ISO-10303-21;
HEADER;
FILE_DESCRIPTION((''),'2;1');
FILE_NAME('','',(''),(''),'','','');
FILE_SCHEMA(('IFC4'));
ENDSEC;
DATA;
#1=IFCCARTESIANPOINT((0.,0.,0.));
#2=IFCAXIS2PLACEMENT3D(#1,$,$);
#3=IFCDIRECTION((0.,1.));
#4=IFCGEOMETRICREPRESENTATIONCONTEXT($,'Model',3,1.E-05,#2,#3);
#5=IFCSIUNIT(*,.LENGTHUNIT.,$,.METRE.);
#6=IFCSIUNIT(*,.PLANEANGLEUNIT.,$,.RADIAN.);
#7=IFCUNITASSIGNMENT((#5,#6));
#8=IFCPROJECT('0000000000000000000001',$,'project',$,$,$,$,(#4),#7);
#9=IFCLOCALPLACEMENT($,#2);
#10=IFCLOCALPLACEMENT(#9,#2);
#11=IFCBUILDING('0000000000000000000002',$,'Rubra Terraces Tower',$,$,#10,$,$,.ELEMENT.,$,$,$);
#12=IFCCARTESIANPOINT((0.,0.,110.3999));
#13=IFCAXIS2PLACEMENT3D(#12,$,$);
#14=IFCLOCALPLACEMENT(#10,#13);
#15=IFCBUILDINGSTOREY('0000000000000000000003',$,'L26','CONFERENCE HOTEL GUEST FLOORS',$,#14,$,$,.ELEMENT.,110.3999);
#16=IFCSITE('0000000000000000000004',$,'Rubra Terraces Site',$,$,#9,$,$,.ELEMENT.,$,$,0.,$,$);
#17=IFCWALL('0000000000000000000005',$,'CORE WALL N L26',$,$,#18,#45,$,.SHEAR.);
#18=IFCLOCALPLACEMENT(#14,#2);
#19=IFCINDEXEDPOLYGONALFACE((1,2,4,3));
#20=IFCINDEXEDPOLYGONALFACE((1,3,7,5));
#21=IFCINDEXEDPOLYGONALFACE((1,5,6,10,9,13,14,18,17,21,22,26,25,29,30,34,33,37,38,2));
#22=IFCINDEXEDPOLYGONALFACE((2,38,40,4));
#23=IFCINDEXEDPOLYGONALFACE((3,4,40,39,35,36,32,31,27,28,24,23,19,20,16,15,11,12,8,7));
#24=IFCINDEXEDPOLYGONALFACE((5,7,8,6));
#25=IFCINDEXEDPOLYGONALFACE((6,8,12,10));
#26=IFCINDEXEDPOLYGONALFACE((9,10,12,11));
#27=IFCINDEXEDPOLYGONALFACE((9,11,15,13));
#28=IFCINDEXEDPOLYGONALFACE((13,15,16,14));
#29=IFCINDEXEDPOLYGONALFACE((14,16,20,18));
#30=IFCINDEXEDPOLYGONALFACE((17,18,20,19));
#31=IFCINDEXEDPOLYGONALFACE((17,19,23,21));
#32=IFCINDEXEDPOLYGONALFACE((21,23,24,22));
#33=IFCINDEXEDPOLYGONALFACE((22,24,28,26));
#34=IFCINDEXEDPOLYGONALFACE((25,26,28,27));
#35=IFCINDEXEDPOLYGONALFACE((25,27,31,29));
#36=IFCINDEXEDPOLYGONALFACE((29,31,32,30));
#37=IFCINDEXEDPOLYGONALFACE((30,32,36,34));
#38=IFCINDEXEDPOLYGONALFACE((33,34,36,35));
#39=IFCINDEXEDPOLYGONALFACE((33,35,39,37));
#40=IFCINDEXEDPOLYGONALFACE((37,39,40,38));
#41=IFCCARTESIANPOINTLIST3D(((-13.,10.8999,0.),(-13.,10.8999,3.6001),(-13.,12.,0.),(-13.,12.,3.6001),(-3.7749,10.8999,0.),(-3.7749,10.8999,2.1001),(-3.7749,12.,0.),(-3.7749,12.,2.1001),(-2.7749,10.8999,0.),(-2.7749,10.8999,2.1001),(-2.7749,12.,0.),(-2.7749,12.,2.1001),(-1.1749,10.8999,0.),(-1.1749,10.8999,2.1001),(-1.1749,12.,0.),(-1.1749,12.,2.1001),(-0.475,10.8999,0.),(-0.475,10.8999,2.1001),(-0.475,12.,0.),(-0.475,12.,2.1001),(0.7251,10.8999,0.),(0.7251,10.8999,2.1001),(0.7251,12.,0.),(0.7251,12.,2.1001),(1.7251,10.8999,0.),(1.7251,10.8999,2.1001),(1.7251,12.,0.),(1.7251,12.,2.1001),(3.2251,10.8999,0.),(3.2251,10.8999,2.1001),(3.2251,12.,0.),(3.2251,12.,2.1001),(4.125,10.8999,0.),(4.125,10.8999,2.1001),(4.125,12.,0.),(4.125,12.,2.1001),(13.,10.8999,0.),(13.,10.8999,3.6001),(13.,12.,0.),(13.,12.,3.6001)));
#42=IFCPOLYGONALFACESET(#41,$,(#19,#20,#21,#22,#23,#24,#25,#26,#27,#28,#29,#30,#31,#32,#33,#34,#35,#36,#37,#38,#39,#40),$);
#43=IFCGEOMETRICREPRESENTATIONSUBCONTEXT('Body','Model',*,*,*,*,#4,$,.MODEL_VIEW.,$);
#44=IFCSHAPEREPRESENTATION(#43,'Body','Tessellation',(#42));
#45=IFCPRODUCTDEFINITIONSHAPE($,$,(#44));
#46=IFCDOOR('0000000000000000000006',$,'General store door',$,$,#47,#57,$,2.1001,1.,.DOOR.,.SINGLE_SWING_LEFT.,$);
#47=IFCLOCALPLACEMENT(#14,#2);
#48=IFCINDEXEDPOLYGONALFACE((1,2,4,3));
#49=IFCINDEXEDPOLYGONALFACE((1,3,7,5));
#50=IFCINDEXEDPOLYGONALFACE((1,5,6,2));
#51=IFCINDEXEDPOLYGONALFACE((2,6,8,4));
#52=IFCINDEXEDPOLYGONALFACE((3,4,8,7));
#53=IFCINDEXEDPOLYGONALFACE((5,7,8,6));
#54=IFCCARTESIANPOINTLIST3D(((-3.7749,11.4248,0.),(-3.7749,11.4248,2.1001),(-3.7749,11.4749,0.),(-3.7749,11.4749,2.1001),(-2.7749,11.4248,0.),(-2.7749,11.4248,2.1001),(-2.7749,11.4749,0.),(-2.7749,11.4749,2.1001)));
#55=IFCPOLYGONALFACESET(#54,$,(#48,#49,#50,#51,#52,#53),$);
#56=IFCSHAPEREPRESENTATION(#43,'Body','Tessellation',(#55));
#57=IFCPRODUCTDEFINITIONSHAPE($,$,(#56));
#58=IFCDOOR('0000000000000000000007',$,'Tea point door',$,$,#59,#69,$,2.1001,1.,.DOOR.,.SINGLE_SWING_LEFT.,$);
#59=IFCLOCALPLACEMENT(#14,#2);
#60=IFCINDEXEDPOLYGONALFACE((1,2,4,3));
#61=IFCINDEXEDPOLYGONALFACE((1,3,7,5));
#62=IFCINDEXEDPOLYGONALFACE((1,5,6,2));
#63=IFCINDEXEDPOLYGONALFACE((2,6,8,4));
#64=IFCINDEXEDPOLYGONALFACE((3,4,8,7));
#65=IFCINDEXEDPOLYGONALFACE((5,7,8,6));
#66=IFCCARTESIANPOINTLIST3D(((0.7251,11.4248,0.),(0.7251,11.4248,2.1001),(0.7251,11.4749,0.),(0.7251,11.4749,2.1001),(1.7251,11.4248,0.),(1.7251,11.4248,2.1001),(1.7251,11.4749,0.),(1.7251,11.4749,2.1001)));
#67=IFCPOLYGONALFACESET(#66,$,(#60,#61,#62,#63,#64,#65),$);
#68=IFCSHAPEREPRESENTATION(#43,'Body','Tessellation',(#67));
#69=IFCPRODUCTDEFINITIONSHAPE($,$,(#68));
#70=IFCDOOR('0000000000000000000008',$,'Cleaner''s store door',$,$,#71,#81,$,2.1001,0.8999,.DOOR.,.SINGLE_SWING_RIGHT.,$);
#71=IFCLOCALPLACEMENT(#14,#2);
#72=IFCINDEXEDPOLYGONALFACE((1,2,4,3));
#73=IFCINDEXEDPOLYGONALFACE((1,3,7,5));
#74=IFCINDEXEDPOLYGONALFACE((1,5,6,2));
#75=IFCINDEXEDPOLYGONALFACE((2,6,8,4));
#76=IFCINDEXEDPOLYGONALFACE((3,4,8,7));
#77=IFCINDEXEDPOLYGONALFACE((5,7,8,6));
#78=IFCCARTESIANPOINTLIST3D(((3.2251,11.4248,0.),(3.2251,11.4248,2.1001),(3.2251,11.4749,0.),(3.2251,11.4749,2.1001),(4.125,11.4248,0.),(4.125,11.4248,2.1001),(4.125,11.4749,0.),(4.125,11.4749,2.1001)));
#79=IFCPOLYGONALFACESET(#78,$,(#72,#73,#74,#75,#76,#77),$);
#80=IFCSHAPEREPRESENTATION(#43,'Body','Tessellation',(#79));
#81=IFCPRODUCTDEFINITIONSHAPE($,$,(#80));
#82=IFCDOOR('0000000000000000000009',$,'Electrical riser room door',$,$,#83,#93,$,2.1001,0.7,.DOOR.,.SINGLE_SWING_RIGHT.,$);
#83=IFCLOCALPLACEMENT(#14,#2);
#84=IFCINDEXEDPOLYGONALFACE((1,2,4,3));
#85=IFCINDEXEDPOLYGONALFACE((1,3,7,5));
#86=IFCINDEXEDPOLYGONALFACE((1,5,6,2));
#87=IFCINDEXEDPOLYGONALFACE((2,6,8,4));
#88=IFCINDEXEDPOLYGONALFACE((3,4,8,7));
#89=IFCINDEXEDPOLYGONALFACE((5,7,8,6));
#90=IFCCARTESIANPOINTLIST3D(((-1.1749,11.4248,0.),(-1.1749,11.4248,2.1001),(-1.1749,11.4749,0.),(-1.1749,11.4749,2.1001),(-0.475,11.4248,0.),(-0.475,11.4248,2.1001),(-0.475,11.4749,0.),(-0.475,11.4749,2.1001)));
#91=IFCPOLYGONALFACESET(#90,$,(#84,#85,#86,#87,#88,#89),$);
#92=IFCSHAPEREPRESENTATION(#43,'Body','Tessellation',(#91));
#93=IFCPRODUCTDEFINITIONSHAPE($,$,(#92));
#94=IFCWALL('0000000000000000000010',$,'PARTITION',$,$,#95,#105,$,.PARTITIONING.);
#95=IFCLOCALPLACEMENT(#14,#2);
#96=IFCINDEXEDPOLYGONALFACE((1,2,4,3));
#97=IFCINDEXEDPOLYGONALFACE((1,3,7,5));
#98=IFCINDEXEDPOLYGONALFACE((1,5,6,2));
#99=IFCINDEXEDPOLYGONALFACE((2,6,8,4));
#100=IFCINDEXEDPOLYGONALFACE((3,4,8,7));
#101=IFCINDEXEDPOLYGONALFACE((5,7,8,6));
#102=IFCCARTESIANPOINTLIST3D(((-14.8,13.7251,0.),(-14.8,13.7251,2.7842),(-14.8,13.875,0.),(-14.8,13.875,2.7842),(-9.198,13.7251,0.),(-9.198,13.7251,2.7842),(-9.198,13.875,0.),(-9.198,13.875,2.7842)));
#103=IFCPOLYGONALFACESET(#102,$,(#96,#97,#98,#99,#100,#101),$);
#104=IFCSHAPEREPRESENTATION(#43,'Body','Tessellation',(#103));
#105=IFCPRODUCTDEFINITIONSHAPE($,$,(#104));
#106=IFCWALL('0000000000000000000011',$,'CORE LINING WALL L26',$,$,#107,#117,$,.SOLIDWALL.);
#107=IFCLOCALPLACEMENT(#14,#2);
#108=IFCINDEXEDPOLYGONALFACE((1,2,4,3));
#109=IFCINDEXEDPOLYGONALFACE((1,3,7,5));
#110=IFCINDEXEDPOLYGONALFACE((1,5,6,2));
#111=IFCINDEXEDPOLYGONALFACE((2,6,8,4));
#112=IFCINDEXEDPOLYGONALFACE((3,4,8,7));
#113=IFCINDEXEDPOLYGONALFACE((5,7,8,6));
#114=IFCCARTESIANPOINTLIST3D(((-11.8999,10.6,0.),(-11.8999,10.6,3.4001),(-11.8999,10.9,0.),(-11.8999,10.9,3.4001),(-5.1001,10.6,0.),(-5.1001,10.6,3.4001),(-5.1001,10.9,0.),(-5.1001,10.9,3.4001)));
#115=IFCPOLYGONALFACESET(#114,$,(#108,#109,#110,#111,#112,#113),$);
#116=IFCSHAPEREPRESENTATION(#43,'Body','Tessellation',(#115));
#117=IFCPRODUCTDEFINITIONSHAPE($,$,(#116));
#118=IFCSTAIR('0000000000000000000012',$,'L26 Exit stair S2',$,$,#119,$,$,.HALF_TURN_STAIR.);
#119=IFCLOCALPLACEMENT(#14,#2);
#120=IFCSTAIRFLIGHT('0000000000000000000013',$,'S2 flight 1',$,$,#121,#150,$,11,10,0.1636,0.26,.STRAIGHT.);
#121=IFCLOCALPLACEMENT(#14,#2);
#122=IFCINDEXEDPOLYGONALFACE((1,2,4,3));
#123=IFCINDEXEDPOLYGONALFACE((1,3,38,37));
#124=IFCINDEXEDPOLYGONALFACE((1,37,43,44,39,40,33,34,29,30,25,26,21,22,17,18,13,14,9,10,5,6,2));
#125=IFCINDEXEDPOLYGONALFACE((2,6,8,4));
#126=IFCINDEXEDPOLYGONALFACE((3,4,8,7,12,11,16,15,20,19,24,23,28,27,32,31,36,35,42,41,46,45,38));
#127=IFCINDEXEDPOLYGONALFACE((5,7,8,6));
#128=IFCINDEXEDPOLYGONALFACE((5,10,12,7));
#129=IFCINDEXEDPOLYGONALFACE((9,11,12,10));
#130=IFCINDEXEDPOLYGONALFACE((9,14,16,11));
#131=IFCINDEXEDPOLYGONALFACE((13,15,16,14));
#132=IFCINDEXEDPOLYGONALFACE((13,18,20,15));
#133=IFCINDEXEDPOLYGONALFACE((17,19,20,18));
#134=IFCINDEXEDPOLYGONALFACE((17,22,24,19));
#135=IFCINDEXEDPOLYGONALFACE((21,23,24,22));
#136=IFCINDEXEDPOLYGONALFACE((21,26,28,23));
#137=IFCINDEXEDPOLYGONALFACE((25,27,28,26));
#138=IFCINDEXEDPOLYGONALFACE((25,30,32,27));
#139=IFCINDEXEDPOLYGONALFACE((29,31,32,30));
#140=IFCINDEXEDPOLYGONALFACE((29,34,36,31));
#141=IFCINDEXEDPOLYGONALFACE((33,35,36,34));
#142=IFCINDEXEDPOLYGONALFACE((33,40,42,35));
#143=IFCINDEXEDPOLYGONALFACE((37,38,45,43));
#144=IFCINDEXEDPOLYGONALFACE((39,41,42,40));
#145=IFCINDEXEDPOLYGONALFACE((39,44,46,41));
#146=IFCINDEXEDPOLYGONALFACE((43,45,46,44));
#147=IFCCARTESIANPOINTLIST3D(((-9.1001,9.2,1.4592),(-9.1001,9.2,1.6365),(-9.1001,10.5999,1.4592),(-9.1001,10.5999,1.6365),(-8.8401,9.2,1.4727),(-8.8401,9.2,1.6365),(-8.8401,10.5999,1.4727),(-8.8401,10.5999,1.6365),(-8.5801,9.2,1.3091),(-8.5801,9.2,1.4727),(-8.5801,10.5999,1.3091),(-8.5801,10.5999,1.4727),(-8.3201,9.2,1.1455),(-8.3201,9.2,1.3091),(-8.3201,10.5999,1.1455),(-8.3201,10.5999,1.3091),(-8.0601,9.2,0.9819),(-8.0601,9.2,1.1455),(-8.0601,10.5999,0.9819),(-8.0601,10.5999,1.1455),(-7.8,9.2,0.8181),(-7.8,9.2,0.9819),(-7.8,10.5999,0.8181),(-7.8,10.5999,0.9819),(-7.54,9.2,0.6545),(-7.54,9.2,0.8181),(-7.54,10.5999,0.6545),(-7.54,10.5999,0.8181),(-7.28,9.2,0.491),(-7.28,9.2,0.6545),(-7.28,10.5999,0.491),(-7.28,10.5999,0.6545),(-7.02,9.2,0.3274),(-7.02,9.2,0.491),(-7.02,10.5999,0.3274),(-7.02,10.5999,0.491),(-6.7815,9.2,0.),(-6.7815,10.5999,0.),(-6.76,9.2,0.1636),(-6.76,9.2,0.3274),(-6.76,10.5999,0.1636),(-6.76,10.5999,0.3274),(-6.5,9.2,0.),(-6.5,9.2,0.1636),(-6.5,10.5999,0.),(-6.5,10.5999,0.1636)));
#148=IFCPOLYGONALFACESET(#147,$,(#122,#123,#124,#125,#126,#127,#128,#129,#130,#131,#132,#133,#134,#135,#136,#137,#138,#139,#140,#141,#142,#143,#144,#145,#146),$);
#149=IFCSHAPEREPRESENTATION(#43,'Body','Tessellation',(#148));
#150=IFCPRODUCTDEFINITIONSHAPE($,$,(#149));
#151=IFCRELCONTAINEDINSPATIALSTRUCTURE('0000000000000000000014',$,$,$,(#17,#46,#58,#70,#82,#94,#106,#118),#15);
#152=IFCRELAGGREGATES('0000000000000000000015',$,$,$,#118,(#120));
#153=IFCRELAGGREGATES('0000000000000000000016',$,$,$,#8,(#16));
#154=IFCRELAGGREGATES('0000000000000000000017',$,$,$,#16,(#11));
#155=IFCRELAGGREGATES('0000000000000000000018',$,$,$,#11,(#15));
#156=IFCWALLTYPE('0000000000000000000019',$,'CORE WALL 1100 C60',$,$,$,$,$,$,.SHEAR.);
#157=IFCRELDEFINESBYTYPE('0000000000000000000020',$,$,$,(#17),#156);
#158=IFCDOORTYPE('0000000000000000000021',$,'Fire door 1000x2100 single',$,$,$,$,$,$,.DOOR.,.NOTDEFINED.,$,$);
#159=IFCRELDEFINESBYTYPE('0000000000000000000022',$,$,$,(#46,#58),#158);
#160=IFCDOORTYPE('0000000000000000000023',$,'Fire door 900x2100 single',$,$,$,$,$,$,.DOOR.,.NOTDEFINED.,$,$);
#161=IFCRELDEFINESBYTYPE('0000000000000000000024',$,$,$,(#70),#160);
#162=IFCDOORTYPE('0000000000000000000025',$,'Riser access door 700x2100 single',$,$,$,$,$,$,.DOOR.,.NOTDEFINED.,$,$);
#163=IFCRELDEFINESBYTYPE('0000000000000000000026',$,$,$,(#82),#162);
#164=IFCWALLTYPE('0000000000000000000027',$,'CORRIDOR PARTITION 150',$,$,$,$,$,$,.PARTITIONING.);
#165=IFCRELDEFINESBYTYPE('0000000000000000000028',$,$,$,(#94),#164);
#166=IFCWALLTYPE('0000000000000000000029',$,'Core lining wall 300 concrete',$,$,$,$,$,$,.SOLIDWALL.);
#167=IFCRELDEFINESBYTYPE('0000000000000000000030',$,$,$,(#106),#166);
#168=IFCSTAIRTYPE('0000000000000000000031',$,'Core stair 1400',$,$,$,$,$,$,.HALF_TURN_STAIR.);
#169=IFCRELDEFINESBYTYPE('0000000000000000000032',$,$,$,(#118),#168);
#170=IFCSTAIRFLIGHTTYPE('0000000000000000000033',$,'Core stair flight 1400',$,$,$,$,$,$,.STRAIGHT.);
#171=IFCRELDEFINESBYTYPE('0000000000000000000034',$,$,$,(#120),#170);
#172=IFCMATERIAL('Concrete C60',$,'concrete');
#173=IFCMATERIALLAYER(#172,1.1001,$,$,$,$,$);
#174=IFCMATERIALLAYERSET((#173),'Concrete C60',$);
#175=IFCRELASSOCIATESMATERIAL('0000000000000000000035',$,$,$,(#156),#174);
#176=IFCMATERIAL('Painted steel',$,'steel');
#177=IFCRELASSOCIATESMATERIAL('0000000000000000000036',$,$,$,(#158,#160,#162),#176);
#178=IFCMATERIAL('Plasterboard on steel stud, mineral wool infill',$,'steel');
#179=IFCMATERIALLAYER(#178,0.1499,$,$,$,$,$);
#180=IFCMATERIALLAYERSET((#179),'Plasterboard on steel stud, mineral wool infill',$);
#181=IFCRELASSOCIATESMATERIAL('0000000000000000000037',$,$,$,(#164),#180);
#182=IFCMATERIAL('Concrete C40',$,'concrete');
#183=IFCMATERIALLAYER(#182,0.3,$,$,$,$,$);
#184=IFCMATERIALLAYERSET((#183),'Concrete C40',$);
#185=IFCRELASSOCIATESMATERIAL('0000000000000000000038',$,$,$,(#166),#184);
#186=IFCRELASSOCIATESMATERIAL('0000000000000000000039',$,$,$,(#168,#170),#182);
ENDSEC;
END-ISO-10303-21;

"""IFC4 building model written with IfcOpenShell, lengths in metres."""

from ifc_helpers import new_model, si_unit, direction, frame, frame_2d, origin, place, context, subcontext, project, spatial, polyline, rectangle, outline, extrude, material, layer, layer_set, type_object, element, fill, aggregate, save


model = new_model("IFC4")

# Units and contexts
model_context = context("Model", 3, precision=1e-05, world=origin(), true_north=direction((0.0, 1.0)))
body_context = subcontext(model_context, "Body", "Model", "MODEL_VIEW")
ifc_project = project(units=[si_unit("LENGTHUNIT", "METRE"), si_unit("PLANEANGLEUNIT", "RADIAN")], contexts=[model_context])

# Site, building, storey
site_placement = place(None, origin())
site = spatial("IfcSite", under=ifc_project, at=site_placement, Name="Rubra Terraces Site", CompositionType="ELEMENT", RefElevation=0.0)
building_placement = place(site_placement, origin())
building = spatial("IfcBuilding", under=site, at=building_placement, Name="Rubra Terraces Tower", CompositionType="ELEMENT")
storey_placement = place(building_placement, frame((0.0, 0.0, 110.3999)))
storey = spatial("IfcBuildingStorey", under=building, at=storey_placement, Name="L26", Description="CONFERENCE HOTEL GUEST FLOORS", CompositionType="ELEMENT", Elevation=110.3999)

# Shared definitions
ifc_material_1 = material(Name="Concrete C60", Category="concrete")

# Wall, openings, doors
ifc_layer_1 = layer(ifc_material_1, 1.1001)
ifc_layer_set_1 = layer_set([ifc_layer_1], Name="Concrete C60")
wall_type_1 = type_object("IfcWallType", Name="CORE WALL 1100 C60", PredefinedType="SHEAR", material=ifc_layer_set_1)
wall_1_placement = place(storey_placement, frame((-13.0, 11.45, 0.0), z_axis=(0.0, 0.0, 1.0), x_axis=(1.0, 0.0, 0.0)))
wall_1 = element("IfcWall", 1, at=wall_1_placement, inside=storey, type_object=wall_type_1, Name="CORE WALL N L26", PredefinedType="SHEAR", context=body_context, shape_type="SweptSolid", body=[
    extrude(rectangle(XDim=26.0, YDim=1.1001, at=frame_2d((13.0, 0.0))), origin(), (0.0, 0.0, 1.0), 3.6001),
])
opening_1_placement = place(wall_1_placement, frame((9.2251, 0.0, 0.0)))
opening_1 = element("IfcOpeningElement", 2, at=opening_1_placement, cuts=wall_1, PredefinedType="OPENING", context=body_context, shape_type="SweptSolid", body=[
    extrude(rectangle(XDim=1.0, YDim=2.1001, at=frame_2d((0.5, 1.05))), frame((0.0, 0.5601, 0.0), z_axis=(0.0, -1.0, 0.0), x_axis=(1.0, 0.0, 0.0)), (0.0, 0.0, 1.0), 1.1201),
])
opening_2_placement = place(wall_1_placement, frame((11.825, 0.0, 0.0)))
opening_2 = element("IfcOpeningElement", 3, at=opening_2_placement, cuts=wall_1, PredefinedType="OPENING", context=body_context, shape_type="SweptSolid", body=[
    extrude(rectangle(XDim=0.7, YDim=2.1001, at=frame_2d((0.3501, 1.05))), frame((0.0, 0.5601, 0.0), z_axis=(0.0, -1.0, 0.0), x_axis=(1.0, 0.0, 0.0)), (0.0, 0.0, 1.0), 1.1201),
])
opening_3_placement = place(wall_1_placement, frame((13.7251, 0.0, 0.0)))
opening_3 = element("IfcOpeningElement", 4, at=opening_3_placement, cuts=wall_1, PredefinedType="OPENING", context=body_context, shape_type="SweptSolid", body=[
    extrude(rectangle(XDim=1.0, YDim=2.1001, at=frame_2d((0.5, 1.05))), frame((0.0, 0.5601, 0.0), z_axis=(0.0, -1.0, 0.0), x_axis=(1.0, 0.0, 0.0)), (0.0, 0.0, 1.0), 1.1201),
])
opening_4_placement = place(wall_1_placement, frame((16.2251, 0.0, 0.0)))
opening_4 = element("IfcOpeningElement", 5, at=opening_4_placement, cuts=wall_1, PredefinedType="OPENING", context=body_context, shape_type="SweptSolid", body=[
    extrude(rectangle(XDim=0.8999, YDim=2.1001, at=frame_2d((0.45, 1.05))), frame((0.0, 0.5601, 0.0), z_axis=(0.0, -1.0, 0.0), x_axis=(1.0, 0.0, 0.0)), (0.0, 0.0, 1.0), 1.1201),
])
ifc_material_2 = material(Name="Painted steel", Category="steel")
door_type_1 = type_object("IfcDoorType", Name="Fire door 1000x2100 single", OperationType="NOTDEFINED", PredefinedType="DOOR", material=ifc_material_2)
door_1_placement = place(opening_1_placement, origin())
door_1 = element("IfcDoor", 6, at=door_1_placement, inside=storey, type_object=door_type_1, Name="General store door", OperationType="SINGLE_SWING_LEFT", OverallHeight=2.1001, OverallWidth=1.0, PredefinedType="DOOR", context=body_context, shape_type="SweptSolid", body=[
    extrude(rectangle(XDim=1.0, YDim=2.1001, at=frame_2d((0.5, 1.05))), frame((0.0, 0.0249, 0.0), z_axis=(0.0, -1.0, 0.0), x_axis=(1.0, 0.0, 0.0)), (0.0, 0.0, 1.0), 0.05),
])
fill(opening_1, door_1)
door_2_placement = place(opening_3_placement, origin())
door_2 = element("IfcDoor", 7, at=door_2_placement, inside=storey, type_object=door_type_1, Name="Tea point door", OperationType="SINGLE_SWING_LEFT", OverallHeight=2.1001, OverallWidth=1.0, PredefinedType="DOOR", context=body_context, shape_type="SweptSolid", body=[
    extrude(rectangle(XDim=1.0, YDim=2.1001, at=frame_2d((0.5, 1.05))), frame((0.0, 0.0249, 0.0), z_axis=(0.0, -1.0, 0.0), x_axis=(1.0, 0.0, 0.0)), (0.0, 0.0, 1.0), 0.05),
])
fill(opening_3, door_2)
door_type_2 = type_object("IfcDoorType", Name="Fire door 900x2100 single", OperationType="NOTDEFINED", PredefinedType="DOOR", material=ifc_material_2)
door_3_placement = place(opening_4_placement, origin())
door_3 = element("IfcDoor", 8, at=door_3_placement, inside=storey, type_object=door_type_2, Name="Cleaner's store door", OperationType="SINGLE_SWING_RIGHT", OverallHeight=2.1001, OverallWidth=0.8999, PredefinedType="DOOR", context=body_context, shape_type="SweptSolid", body=[
    extrude(rectangle(XDim=0.8999, YDim=2.1001, at=frame_2d((0.45, 1.05))), frame((0.0, 0.0249, 0.0), z_axis=(0.0, -1.0, 0.0), x_axis=(1.0, 0.0, 0.0)), (0.0, 0.0, 1.0), 0.05),
])
fill(opening_4, door_3)
door_type_3 = type_object("IfcDoorType", Name="Riser access door 700x2100 single", OperationType="NOTDEFINED", PredefinedType="DOOR", material=ifc_material_2)
door_4_placement = place(opening_2_placement, origin())
door_4 = element("IfcDoor", 9, at=door_4_placement, inside=storey, type_object=door_type_3, Name="Electrical riser room door", OperationType="SINGLE_SWING_RIGHT", OverallHeight=2.1001, OverallWidth=0.7, PredefinedType="DOOR", context=body_context, shape_type="SweptSolid", body=[
    extrude(rectangle(XDim=0.7, YDim=2.1001, at=frame_2d((0.3501, 1.05))), frame((0.0, 0.0249, 0.0), z_axis=(0.0, -1.0, 0.0), x_axis=(1.0, 0.0, 0.0)), (0.0, 0.0, 1.0), 0.05),
])
fill(opening_2, door_4)

# Walls
ifc_material_3 = material(Name="Plasterboard on steel stud, mineral wool infill", Category="steel")
ifc_layer_2 = layer(ifc_material_3, 0.1499)
ifc_layer_set_2 = layer_set([ifc_layer_2], Name="Plasterboard on steel stud, mineral wool infill")
wall_type_2 = type_object("IfcWallType", Name="CORRIDOR PARTITION 150", PredefinedType="PARTITIONING", material=ifc_layer_set_2)
wall_2_placement = place(storey_placement, frame((-9.198, 13.8, 0.0), z_axis=(0.0, 0.0, 1.0), x_axis=(-1.0, 0.0, 0.0)))
element("IfcWall", 10, at=wall_2_placement, inside=storey, type_object=wall_type_2, Name="PARTITION", PredefinedType="PARTITIONING", context=body_context, shape_type="SweptSolid", body=[
    extrude(rectangle(XDim=5.6021, YDim=0.1499, at=frame_2d((2.801, 0.0))), origin(), (0.0, 0.0, 1.0), 2.7842),
])
ifc_material_4 = material(Name="Concrete C40", Category="concrete")
ifc_layer_3 = layer(ifc_material_4, 0.3)
ifc_layer_set_3 = layer_set([ifc_layer_3], Name="Concrete C40")
wall_type_3 = type_object("IfcWallType", Name="Core lining wall 300 concrete", PredefinedType="SOLIDWALL", material=ifc_layer_set_3)
wall_3_placement = place(storey_placement, frame((-11.8999, 10.75, 0.0), z_axis=(0.0, 0.0, 1.0), x_axis=(1.0, 0.0, 0.0)))
element("IfcWall", 11, at=wall_3_placement, inside=storey, type_object=wall_type_3, Name="CORE LINING WALL L26", PredefinedType="SOLIDWALL", context=body_context, shape_type="SweptSolid", body=[
    extrude(rectangle(XDim=6.7998, YDim=0.3, at=frame_2d((3.3999, 0.0))), origin(), (0.0, 0.0, 1.0), 3.4001),
])

# Stair, stair flight
stair_type = type_object("IfcStairType", Name="Core stair 1400", PredefinedType="HALF_TURN_STAIR", material=ifc_material_4)
stair_placement = place(storey_placement, origin())
stair = element("IfcStair", 12, at=stair_placement, inside=storey, type_object=stair_type, Name="L26 Exit stair S2", PredefinedType="HALF_TURN_STAIR")
stair_flight_type = type_object("IfcStairFlightType", Name="Core stair flight 1400", PredefinedType="STRAIGHT", material=ifc_material_4)
stair_flight_placement = place(storey_placement, frame((-6.5, 9.8999, 0.0), z_axis=(0.0, 0.0, 1.0), x_axis=(-1.0, 0.0, 0.0)))
stair_flight = element("IfcStairFlight", 13, at=stair_flight_placement, type_object=stair_flight_type, Name="S2 flight 1", NumberOfRisers=11, NumberOfTreads=10, PredefinedType="STRAIGHT", RiserHeight=0.1636, TreadLength=0.26, context=body_context, shape_type="SweptSolid", body=[
    extrude(outline(polyline([(0.0, 0.0), (0.0, 0.1636), (0.26, 0.1636), (0.26, 0.3274), (0.52, 0.3274), (0.52, 0.491), (0.78, 0.491), (0.78, 0.6545), (1.04, 0.6545), (1.04, 0.8181), (1.3, 0.8181), (1.3, 0.9819), (1.5601, 0.9819), (1.5601, 1.1455), (1.8201, 1.1455), (1.8201, 1.3091), (2.0801, 1.3091), (2.0801, 1.4727), (2.3401, 1.4727), (2.3401, 1.6365), (2.6001, 1.6365), (2.6001, 1.8), (2.6001, 1.4592), (0.2815, 0.0), (0.0, 0.0)])), frame((0.0, 0.7, 0.0), z_axis=(0.0, -1.0, 0.0), x_axis=(1.0, 0.0, 0.0)), (0.0, 0.0, 1.0), 1.3999),
])
aggregate(stair, [stair_flight])

save(model, "model.ifc")
